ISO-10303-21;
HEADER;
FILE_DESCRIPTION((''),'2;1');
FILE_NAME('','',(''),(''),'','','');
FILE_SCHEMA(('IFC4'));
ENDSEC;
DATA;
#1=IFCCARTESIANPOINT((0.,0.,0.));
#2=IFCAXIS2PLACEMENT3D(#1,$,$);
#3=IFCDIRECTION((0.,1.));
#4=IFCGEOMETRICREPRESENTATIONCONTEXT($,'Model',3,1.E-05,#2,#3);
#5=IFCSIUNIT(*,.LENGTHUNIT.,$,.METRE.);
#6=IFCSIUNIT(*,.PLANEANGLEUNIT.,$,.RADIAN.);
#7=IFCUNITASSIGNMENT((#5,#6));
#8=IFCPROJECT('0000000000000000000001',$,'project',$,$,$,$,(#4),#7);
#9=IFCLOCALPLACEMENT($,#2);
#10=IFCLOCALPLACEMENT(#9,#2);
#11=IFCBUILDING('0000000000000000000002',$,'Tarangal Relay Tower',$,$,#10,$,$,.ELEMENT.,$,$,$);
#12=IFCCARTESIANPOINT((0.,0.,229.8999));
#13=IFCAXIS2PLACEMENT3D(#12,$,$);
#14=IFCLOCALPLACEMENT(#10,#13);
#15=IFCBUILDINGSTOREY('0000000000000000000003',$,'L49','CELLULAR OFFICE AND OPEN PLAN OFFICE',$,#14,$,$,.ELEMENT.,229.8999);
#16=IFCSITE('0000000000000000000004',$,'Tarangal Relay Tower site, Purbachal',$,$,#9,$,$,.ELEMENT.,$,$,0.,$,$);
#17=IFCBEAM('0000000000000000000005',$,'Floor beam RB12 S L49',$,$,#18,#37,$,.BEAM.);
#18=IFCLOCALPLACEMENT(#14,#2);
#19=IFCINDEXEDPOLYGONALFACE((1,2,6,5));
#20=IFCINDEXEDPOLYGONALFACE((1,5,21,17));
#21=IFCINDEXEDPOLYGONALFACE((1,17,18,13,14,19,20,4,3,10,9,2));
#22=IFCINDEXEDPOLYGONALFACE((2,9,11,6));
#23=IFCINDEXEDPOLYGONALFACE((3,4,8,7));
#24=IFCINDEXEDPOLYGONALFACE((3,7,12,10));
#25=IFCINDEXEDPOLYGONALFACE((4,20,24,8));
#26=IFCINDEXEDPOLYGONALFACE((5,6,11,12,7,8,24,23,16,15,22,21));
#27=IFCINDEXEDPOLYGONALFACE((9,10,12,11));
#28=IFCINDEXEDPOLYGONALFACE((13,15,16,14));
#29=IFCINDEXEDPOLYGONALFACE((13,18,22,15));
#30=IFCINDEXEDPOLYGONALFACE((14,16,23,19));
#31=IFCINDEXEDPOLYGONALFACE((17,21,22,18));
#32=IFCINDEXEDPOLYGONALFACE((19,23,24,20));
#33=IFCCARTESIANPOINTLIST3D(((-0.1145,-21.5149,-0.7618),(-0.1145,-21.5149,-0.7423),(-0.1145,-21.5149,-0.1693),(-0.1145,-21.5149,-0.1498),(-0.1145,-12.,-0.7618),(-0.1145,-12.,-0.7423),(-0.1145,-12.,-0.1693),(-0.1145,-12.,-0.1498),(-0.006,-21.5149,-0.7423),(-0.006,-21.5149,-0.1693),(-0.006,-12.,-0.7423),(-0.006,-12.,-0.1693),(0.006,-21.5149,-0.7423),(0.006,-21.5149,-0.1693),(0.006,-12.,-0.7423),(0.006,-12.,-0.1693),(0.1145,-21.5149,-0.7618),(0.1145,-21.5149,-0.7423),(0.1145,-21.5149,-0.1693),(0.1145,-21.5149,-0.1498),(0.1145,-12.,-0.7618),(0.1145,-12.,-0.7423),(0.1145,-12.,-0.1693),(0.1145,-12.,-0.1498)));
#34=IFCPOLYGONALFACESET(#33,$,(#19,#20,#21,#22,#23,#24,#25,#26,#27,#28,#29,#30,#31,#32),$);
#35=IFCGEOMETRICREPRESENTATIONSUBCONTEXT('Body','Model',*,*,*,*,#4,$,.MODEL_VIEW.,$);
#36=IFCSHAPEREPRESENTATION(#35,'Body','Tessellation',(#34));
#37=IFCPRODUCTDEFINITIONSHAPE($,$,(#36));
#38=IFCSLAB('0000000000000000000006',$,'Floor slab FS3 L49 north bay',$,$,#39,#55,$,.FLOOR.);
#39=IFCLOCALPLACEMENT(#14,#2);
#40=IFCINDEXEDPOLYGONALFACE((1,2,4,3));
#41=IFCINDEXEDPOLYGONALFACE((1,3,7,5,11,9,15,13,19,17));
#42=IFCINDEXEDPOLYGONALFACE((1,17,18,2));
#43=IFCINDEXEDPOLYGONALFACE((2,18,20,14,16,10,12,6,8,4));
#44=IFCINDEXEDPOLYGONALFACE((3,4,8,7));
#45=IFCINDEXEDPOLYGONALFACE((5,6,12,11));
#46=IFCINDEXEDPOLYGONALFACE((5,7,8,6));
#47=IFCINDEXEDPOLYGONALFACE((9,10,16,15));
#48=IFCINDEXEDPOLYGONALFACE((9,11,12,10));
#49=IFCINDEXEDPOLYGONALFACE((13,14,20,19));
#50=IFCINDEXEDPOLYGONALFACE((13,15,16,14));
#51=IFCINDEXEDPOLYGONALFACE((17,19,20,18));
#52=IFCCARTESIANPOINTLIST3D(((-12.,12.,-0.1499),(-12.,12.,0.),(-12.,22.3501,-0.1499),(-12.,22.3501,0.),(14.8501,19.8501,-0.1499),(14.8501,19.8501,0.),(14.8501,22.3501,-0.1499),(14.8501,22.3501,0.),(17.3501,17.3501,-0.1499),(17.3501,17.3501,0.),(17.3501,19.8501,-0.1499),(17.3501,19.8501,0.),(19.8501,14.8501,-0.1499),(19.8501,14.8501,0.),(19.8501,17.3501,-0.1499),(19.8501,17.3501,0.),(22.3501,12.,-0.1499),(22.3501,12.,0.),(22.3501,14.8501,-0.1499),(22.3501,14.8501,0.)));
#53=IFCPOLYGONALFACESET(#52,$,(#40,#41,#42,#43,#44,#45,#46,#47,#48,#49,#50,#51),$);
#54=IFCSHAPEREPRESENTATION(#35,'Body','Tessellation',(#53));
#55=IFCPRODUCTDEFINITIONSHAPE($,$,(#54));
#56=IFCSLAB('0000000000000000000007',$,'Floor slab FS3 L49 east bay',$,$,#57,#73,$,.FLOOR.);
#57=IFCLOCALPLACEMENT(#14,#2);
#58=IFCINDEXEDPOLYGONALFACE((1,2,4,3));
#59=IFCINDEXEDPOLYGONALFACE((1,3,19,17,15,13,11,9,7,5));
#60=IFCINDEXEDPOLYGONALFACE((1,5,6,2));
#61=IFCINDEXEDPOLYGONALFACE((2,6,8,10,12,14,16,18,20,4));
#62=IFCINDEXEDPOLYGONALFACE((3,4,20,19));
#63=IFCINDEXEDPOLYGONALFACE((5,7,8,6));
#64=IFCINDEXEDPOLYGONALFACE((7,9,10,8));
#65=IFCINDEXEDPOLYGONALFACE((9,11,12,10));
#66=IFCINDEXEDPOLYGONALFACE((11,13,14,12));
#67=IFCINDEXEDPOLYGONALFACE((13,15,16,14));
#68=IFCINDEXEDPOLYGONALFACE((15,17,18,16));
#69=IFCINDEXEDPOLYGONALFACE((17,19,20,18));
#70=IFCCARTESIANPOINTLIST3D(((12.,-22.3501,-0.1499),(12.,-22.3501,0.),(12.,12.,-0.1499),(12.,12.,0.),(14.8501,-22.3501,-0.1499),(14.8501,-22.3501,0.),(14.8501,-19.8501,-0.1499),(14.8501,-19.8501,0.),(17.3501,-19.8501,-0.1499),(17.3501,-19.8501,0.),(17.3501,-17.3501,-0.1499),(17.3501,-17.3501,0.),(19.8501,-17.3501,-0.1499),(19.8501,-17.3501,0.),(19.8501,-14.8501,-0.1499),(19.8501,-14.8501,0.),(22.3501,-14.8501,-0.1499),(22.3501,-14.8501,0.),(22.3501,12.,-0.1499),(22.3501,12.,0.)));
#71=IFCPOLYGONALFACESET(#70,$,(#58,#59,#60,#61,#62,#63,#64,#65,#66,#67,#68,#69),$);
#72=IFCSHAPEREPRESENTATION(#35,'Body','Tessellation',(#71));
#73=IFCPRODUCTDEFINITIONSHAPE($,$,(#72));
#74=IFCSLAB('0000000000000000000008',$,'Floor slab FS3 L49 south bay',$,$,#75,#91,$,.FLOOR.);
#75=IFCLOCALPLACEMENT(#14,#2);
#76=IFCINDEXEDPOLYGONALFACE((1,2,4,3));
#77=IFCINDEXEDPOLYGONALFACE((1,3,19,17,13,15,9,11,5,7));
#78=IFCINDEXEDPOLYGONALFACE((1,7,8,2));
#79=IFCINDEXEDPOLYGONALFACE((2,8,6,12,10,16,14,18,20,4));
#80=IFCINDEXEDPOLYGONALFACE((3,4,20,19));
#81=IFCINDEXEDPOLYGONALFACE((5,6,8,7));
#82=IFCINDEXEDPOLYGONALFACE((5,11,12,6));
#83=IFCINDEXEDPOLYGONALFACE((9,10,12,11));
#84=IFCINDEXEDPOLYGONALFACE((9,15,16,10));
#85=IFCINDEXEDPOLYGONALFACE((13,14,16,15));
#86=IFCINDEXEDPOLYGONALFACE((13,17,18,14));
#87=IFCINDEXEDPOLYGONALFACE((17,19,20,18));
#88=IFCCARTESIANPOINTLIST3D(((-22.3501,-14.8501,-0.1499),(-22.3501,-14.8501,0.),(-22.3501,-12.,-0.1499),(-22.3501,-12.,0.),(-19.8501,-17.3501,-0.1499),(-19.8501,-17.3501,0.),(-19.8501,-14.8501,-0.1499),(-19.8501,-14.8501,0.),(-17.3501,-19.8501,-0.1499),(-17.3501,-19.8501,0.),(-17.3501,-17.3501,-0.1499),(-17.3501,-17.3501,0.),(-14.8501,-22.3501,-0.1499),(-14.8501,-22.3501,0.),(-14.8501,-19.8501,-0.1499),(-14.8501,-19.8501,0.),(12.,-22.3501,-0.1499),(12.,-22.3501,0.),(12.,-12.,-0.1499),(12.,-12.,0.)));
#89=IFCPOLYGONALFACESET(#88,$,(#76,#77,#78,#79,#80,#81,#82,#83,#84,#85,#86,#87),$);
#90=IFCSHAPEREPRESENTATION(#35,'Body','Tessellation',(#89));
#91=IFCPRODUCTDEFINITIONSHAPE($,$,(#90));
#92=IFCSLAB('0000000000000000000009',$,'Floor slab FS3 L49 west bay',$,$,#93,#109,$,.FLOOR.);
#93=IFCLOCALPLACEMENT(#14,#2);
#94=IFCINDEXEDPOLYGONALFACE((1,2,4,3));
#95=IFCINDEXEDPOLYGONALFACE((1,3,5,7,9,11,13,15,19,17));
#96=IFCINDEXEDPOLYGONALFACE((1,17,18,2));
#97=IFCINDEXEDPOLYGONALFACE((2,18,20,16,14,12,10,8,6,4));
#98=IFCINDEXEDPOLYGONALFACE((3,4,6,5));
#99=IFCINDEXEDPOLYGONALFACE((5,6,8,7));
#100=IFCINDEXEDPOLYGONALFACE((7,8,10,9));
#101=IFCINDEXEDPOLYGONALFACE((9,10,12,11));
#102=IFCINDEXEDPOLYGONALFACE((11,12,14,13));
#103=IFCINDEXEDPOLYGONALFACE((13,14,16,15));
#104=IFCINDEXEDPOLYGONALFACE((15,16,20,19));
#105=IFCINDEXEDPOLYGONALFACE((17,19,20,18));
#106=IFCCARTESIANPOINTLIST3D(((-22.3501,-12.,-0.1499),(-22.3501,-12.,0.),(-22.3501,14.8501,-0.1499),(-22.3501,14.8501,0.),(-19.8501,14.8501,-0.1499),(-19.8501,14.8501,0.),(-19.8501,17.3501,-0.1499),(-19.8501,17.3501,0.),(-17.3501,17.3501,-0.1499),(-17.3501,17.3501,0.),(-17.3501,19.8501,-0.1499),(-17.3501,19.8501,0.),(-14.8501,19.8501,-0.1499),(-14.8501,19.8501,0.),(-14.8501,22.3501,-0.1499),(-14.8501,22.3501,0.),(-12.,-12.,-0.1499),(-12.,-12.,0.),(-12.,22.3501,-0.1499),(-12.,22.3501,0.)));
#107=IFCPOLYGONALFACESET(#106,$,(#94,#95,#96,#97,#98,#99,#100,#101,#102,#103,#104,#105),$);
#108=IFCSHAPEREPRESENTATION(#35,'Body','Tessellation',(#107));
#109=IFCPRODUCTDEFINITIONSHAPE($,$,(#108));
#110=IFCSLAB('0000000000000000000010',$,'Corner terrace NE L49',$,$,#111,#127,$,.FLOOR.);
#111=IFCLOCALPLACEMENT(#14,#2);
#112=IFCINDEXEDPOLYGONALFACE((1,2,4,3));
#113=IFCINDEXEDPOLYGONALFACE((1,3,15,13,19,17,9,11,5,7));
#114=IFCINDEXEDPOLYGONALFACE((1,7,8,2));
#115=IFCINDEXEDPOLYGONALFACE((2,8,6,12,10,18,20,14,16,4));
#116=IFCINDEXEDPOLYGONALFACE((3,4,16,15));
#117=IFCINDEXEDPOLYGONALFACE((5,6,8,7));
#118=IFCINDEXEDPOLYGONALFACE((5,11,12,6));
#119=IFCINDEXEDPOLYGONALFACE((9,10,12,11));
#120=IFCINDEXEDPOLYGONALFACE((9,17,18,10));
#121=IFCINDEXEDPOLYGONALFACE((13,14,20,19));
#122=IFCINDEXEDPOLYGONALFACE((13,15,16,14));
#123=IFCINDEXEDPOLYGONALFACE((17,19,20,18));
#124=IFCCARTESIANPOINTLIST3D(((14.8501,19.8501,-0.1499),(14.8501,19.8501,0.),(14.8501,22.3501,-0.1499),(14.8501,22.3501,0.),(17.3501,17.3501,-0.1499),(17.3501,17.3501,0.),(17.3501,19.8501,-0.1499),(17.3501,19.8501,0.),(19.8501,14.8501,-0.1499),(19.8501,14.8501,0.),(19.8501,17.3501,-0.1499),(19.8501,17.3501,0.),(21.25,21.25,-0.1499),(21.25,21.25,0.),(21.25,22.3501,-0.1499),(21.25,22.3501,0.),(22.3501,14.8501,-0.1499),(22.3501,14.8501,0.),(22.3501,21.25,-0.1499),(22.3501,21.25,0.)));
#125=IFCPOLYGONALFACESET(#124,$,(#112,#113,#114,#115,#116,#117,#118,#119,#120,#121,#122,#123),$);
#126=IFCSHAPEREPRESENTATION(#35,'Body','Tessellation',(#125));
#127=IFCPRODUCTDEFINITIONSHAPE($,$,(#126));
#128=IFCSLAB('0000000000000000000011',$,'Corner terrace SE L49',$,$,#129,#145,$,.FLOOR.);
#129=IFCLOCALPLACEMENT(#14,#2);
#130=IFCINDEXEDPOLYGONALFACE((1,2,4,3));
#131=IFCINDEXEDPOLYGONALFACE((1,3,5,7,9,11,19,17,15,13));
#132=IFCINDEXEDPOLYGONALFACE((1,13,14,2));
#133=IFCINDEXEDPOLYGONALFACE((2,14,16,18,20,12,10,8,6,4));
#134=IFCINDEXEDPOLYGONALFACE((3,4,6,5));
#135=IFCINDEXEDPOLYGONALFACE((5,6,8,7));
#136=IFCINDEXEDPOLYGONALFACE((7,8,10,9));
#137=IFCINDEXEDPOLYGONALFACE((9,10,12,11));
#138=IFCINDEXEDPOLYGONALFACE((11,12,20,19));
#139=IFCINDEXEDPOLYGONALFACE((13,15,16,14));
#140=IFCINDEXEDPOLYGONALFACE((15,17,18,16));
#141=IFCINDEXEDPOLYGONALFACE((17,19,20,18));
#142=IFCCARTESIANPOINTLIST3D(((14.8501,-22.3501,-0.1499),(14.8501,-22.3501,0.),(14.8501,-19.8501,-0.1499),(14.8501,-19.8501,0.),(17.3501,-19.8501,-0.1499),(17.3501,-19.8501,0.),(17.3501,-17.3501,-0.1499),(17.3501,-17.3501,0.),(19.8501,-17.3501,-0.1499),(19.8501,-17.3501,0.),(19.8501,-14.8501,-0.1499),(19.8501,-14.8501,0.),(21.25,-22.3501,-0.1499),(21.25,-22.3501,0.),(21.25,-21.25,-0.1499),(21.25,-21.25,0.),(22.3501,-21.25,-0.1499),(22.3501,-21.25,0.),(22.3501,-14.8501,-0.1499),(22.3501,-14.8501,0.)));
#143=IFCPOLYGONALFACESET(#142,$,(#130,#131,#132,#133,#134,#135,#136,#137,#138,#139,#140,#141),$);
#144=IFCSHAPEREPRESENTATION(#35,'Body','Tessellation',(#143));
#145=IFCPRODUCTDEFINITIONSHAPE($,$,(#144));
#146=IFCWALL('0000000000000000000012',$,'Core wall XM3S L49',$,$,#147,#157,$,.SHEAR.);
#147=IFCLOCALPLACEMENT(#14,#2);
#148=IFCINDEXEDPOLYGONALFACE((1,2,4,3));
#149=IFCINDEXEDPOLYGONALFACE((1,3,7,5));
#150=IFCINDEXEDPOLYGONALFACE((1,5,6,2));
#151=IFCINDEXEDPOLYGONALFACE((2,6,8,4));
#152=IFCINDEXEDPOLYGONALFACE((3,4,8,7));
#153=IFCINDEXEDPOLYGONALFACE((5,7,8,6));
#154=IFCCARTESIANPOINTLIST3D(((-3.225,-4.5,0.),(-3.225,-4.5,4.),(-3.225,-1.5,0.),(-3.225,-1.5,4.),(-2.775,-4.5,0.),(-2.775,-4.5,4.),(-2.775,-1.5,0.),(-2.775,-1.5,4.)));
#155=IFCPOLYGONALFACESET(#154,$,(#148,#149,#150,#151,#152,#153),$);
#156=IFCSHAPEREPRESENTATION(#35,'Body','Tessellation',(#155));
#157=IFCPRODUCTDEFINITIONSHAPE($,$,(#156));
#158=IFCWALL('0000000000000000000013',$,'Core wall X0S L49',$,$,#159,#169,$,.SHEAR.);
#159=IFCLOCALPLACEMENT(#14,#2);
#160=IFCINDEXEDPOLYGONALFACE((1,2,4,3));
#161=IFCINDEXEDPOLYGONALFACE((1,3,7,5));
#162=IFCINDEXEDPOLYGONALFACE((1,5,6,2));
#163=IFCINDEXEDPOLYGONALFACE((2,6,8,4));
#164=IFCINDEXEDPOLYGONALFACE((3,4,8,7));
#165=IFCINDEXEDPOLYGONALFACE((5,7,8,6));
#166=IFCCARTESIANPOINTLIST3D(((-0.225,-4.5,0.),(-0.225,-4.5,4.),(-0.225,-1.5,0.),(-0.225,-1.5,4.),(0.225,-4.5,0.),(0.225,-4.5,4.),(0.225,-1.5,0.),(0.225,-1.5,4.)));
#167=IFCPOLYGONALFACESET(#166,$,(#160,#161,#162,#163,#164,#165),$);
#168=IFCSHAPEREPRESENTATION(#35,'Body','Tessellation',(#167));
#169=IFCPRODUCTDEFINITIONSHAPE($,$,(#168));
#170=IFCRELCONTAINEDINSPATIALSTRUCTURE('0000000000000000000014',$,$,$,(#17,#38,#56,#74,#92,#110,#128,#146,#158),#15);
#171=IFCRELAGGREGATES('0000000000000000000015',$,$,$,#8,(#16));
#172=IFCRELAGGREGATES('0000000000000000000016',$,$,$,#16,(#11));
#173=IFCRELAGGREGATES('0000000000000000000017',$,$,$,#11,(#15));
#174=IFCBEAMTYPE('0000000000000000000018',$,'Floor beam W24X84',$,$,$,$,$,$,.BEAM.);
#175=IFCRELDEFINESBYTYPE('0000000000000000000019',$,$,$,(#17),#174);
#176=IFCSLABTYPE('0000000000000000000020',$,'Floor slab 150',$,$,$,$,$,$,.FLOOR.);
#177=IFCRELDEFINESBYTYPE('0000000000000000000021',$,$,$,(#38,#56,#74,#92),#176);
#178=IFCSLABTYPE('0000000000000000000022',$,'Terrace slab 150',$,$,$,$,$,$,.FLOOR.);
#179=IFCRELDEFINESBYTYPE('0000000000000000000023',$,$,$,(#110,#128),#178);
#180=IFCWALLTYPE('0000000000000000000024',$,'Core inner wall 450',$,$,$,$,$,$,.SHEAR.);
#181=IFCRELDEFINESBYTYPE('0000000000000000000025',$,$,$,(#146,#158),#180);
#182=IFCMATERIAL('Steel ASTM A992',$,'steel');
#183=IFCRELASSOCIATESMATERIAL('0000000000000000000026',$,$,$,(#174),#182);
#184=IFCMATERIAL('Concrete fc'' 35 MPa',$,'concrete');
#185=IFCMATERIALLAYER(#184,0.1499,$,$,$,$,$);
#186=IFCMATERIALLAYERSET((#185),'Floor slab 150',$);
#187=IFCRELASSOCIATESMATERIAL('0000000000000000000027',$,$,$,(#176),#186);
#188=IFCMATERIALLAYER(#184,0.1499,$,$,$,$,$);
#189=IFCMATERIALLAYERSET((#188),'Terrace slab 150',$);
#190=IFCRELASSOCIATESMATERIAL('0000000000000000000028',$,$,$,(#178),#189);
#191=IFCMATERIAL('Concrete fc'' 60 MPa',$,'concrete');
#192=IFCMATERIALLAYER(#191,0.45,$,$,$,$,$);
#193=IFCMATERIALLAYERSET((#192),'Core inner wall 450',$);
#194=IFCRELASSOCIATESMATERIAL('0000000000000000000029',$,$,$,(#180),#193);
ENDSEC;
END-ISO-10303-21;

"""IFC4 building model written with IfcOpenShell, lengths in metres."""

from ifc_helpers import new_model, si_unit, direction, frame, frame_2d, origin, origin_2d, place, context, subcontext, project, spatial, polyline, rectangle, i_section, outline, extrude, material, layer, layer_set, material_profile, profile_set, type_object, element, save


model = new_model("IFC4")

# Units and contexts
model_context = context("Model", 3, precision=1e-05, world=origin(), true_north=direction((0.0, 1.0)))
body_context = subcontext(model_context, "Body", "Model", "MODEL_VIEW")
ifc_project = project(units=[si_unit("LENGTHUNIT", "METRE"), si_unit("PLANEANGLEUNIT", "RADIAN")], contexts=[model_context])

# Site, building, storey
site_placement = place(None, origin())
site = spatial("IfcSite", under=ifc_project, at=site_placement, Name="Tarangal Relay Tower site, Purbachal", CompositionType="ELEMENT", RefElevation=0.0)
building_placement = place(site_placement, origin())
building = spatial("IfcBuilding", under=site, at=building_placement, Name="Tarangal Relay Tower", CompositionType="ELEMENT")
storey_placement = place(building_placement, frame((0.0, 0.0, 229.8999)))
storey = spatial("IfcBuildingStorey", under=building, at=storey_placement, Name="L49", Description="CELLULAR OFFICE AND OPEN PLAN OFFICE", CompositionType="ELEMENT", Elevation=229.8999)

# Beam
ifc_material_1 = material(Name="Steel ASTM A992", Category="steel")
ifc_material_profile = material_profile(ifc_material_1, i_section(OverallWidth=0.229, OverallDepth=0.6121, WebThickness=0.012, FlangeThickness=0.0195, at=origin_2d()), Name="W24X84")
ifc_profile_set = profile_set([ifc_material_profile], Name="Steel ASTM A992")
beam_type = type_object("IfcBeamType", Name="Floor beam W24X84", PredefinedType="BEAM", material=ifc_profile_set)
beam_placement = place(storey_placement, frame((0.0, -12.0, -0.4558), z_axis=(0.0, -1.0, 0.0), x_axis=(1.0, 0.0, 0.0)))
element("IfcBeam", 1, at=beam_placement, inside=storey, type_object=beam_type, Name="Floor beam RB12 S L49", PredefinedType="BEAM", context=body_context, shape_type="SweptSolid", body=[
    extrude(i_section(OverallWidth=0.229, OverallDepth=0.6121, WebThickness=0.012, FlangeThickness=0.0195, at=origin_2d()), origin(), (0.0, 0.0, 1.0), 9.5149),
])

# Slabs
ifc_material_2 = material(Name="Concrete fc' 35 MPa", Category="concrete")
ifc_layer_1 = layer(ifc_material_2, 0.1499)
ifc_layer_set_1 = layer_set([ifc_layer_1], Name="Floor slab 150")
slab_type_1 = type_object("IfcSlabType", Name="Floor slab 150", PredefinedType="FLOOR", material=ifc_layer_set_1)
slab_1_placement = place(storey_placement, frame((0.0, 0.0, -0.1499)))
element("IfcSlab", 2, at=slab_1_placement, inside=storey, type_object=slab_type_1, Name="Floor slab FS3 L49 north bay", PredefinedType="FLOOR", context=body_context, shape_type="SweptSolid", body=[
    extrude(outline(polyline([(14.8501, 22.3501), (14.8501, 19.8501), (17.3501, 19.8501), (17.3501, 17.3501), (19.8501, 17.3501), (19.8501, 14.8501), (22.3501, 14.8501), (22.3501, 12.0), (-12.0, 12.0), (-12.0, 22.3501), (14.8501, 22.3501)])), origin(), (0.0, 0.0, 1.0), 0.1499),
])
slab_2_placement = place(storey_placement, frame((0.0, 0.0, -0.1499)))
element("IfcSlab", 3, at=slab_2_placement, inside=storey, type_object=slab_type_1, Name="Floor slab FS3 L49 east bay", PredefinedType="FLOOR", context=body_context, shape_type="SweptSolid", body=[
    extrude(outline(polyline([(22.3501, -14.8501), (19.8501, -14.8501), (19.8501, -17.3501), (17.3501, -17.3501), (17.3501, -19.8501), (14.8501, -19.8501), (14.8501, -22.3501), (12.0, -22.3501), (12.0, 12.0), (22.3501, 12.0), (22.3501, -14.8501)])), origin(), (0.0, 0.0, 1.0), 0.1499),
])
slab_3_placement = place(storey_placement, frame((0.0, 0.0, -0.1499)))
element("IfcSlab", 4, at=slab_3_placement, inside=storey, type_object=slab_type_1, Name="Floor slab FS3 L49 south bay", PredefinedType="FLOOR", context=body_context, shape_type="SweptSolid", body=[
    extrude(outline(polyline([(-14.8501, -22.3501), (-14.8501, -19.8501), (-17.3501, -19.8501), (-17.3501, -17.3501), (-19.8501, -17.3501), (-19.8501, -14.8501), (-22.3501, -14.8501), (-22.3501, -12.0), (12.0, -12.0), (12.0, -22.3501), (-14.8501, -22.3501)])), origin(), (0.0, 0.0, 1.0), 0.1499),
])
slab_4_placement = place(storey_placement, frame((0.0, 0.0, -0.1499)))
element("IfcSlab", 5, at=slab_4_placement, inside=storey, type_object=slab_type_1, Name="Floor slab FS3 L49 west bay", PredefinedType="FLOOR", context=body_context, shape_type="SweptSolid", body=[
    extrude(outline(polyline([(-12.0, 22.3501), (-12.0, -12.0), (-22.3501, -12.0), (-22.3501, 14.8501), (-19.8501, 14.8501), (-19.8501, 17.3501), (-17.3501, 17.3501), (-17.3501, 19.8501), (-14.8501, 19.8501), (-14.8501, 22.3501), (-12.0, 22.3501)])), origin(), (0.0, 0.0, 1.0), 0.1499),
])
ifc_layer_2 = layer(ifc_material_2, 0.1499)
ifc_layer_set_2 = layer_set([ifc_layer_2], Name="Terrace slab 150")
slab_type_2 = type_object("IfcSlabType", Name="Terrace slab 150", PredefinedType="FLOOR", material=ifc_layer_set_2)
slab_5_placement = place(storey_placement, frame((0.0, 0.0, -0.1499)))
element("IfcSlab", 6, at=slab_5_placement, inside=storey, type_object=slab_type_2, Name="Corner terrace NE L49", PredefinedType="FLOOR", context=body_context, shape_type="SweptSolid", body=[
    extrude(outline(polyline([(14.8501, 22.3501), (14.8501, 19.8501), (17.3501, 19.8501), (17.3501, 17.3501), (19.8501, 17.3501), (19.8501, 14.8501), (22.3501, 14.8501), (22.3501, 21.25), (21.25, 21.25), (21.25, 22.3501), (14.8501, 22.3501)])), origin(), (0.0, 0.0, 1.0), 0.1499),
])
slab_6_placement = place(storey_placement, frame((0.0, 0.0, -0.1499)))
element("IfcSlab", 7, at=slab_6_placement, inside=storey, type_object=slab_type_2, Name="Corner terrace SE L49", PredefinedType="FLOOR", context=body_context, shape_type="SweptSolid", body=[
    extrude(outline(polyline([(22.3501, -14.8501), (19.8501, -14.8501), (19.8501, -17.3501), (17.3501, -17.3501), (17.3501, -19.8501), (14.8501, -19.8501), (14.8501, -22.3501), (21.25, -22.3501), (21.25, -21.25), (22.3501, -21.25), (22.3501, -14.8501)])), origin(), (0.0, 0.0, 1.0), 0.1499),
])

# Walls
ifc_material_3 = material(Name="Concrete fc' 60 MPa", Category="concrete")
ifc_layer_3 = layer(ifc_material_3, 0.45)
ifc_layer_set_3 = layer_set([ifc_layer_3], Name="Core inner wall 450")
wall_type = type_object("IfcWallType", Name="Core inner wall 450", PredefinedType="SHEAR", material=ifc_layer_set_3)
for number, where, z_axis, x_axis, name in (
    (8, (-3.0, -4.5, 0.0), (0.0, 0.0, 1.0), (0.0, 1.0, 0.0), "Core wall XM3S L49"),
    (9, (0.0, -4.5, 0.0), (0.0, 0.0, 1.0), (0.0, 1.0, 0.0), "Core wall X0S L49"),
):
    element("IfcWall", number, at=place(storey_placement, frame(where, z_axis=z_axis, x_axis=x_axis)), inside=storey, type_object=wall_type, Name=name, PredefinedType="SHEAR", context=body_context, shape_type="SweptSolid", body=[
        extrude(rectangle(XDim=3.0, YDim=0.45, at=frame_2d((1.5, 0.0))), origin(), (0.0, 0.0, 1.0), 4.0),
    ])

save(model, "model.ifc")
